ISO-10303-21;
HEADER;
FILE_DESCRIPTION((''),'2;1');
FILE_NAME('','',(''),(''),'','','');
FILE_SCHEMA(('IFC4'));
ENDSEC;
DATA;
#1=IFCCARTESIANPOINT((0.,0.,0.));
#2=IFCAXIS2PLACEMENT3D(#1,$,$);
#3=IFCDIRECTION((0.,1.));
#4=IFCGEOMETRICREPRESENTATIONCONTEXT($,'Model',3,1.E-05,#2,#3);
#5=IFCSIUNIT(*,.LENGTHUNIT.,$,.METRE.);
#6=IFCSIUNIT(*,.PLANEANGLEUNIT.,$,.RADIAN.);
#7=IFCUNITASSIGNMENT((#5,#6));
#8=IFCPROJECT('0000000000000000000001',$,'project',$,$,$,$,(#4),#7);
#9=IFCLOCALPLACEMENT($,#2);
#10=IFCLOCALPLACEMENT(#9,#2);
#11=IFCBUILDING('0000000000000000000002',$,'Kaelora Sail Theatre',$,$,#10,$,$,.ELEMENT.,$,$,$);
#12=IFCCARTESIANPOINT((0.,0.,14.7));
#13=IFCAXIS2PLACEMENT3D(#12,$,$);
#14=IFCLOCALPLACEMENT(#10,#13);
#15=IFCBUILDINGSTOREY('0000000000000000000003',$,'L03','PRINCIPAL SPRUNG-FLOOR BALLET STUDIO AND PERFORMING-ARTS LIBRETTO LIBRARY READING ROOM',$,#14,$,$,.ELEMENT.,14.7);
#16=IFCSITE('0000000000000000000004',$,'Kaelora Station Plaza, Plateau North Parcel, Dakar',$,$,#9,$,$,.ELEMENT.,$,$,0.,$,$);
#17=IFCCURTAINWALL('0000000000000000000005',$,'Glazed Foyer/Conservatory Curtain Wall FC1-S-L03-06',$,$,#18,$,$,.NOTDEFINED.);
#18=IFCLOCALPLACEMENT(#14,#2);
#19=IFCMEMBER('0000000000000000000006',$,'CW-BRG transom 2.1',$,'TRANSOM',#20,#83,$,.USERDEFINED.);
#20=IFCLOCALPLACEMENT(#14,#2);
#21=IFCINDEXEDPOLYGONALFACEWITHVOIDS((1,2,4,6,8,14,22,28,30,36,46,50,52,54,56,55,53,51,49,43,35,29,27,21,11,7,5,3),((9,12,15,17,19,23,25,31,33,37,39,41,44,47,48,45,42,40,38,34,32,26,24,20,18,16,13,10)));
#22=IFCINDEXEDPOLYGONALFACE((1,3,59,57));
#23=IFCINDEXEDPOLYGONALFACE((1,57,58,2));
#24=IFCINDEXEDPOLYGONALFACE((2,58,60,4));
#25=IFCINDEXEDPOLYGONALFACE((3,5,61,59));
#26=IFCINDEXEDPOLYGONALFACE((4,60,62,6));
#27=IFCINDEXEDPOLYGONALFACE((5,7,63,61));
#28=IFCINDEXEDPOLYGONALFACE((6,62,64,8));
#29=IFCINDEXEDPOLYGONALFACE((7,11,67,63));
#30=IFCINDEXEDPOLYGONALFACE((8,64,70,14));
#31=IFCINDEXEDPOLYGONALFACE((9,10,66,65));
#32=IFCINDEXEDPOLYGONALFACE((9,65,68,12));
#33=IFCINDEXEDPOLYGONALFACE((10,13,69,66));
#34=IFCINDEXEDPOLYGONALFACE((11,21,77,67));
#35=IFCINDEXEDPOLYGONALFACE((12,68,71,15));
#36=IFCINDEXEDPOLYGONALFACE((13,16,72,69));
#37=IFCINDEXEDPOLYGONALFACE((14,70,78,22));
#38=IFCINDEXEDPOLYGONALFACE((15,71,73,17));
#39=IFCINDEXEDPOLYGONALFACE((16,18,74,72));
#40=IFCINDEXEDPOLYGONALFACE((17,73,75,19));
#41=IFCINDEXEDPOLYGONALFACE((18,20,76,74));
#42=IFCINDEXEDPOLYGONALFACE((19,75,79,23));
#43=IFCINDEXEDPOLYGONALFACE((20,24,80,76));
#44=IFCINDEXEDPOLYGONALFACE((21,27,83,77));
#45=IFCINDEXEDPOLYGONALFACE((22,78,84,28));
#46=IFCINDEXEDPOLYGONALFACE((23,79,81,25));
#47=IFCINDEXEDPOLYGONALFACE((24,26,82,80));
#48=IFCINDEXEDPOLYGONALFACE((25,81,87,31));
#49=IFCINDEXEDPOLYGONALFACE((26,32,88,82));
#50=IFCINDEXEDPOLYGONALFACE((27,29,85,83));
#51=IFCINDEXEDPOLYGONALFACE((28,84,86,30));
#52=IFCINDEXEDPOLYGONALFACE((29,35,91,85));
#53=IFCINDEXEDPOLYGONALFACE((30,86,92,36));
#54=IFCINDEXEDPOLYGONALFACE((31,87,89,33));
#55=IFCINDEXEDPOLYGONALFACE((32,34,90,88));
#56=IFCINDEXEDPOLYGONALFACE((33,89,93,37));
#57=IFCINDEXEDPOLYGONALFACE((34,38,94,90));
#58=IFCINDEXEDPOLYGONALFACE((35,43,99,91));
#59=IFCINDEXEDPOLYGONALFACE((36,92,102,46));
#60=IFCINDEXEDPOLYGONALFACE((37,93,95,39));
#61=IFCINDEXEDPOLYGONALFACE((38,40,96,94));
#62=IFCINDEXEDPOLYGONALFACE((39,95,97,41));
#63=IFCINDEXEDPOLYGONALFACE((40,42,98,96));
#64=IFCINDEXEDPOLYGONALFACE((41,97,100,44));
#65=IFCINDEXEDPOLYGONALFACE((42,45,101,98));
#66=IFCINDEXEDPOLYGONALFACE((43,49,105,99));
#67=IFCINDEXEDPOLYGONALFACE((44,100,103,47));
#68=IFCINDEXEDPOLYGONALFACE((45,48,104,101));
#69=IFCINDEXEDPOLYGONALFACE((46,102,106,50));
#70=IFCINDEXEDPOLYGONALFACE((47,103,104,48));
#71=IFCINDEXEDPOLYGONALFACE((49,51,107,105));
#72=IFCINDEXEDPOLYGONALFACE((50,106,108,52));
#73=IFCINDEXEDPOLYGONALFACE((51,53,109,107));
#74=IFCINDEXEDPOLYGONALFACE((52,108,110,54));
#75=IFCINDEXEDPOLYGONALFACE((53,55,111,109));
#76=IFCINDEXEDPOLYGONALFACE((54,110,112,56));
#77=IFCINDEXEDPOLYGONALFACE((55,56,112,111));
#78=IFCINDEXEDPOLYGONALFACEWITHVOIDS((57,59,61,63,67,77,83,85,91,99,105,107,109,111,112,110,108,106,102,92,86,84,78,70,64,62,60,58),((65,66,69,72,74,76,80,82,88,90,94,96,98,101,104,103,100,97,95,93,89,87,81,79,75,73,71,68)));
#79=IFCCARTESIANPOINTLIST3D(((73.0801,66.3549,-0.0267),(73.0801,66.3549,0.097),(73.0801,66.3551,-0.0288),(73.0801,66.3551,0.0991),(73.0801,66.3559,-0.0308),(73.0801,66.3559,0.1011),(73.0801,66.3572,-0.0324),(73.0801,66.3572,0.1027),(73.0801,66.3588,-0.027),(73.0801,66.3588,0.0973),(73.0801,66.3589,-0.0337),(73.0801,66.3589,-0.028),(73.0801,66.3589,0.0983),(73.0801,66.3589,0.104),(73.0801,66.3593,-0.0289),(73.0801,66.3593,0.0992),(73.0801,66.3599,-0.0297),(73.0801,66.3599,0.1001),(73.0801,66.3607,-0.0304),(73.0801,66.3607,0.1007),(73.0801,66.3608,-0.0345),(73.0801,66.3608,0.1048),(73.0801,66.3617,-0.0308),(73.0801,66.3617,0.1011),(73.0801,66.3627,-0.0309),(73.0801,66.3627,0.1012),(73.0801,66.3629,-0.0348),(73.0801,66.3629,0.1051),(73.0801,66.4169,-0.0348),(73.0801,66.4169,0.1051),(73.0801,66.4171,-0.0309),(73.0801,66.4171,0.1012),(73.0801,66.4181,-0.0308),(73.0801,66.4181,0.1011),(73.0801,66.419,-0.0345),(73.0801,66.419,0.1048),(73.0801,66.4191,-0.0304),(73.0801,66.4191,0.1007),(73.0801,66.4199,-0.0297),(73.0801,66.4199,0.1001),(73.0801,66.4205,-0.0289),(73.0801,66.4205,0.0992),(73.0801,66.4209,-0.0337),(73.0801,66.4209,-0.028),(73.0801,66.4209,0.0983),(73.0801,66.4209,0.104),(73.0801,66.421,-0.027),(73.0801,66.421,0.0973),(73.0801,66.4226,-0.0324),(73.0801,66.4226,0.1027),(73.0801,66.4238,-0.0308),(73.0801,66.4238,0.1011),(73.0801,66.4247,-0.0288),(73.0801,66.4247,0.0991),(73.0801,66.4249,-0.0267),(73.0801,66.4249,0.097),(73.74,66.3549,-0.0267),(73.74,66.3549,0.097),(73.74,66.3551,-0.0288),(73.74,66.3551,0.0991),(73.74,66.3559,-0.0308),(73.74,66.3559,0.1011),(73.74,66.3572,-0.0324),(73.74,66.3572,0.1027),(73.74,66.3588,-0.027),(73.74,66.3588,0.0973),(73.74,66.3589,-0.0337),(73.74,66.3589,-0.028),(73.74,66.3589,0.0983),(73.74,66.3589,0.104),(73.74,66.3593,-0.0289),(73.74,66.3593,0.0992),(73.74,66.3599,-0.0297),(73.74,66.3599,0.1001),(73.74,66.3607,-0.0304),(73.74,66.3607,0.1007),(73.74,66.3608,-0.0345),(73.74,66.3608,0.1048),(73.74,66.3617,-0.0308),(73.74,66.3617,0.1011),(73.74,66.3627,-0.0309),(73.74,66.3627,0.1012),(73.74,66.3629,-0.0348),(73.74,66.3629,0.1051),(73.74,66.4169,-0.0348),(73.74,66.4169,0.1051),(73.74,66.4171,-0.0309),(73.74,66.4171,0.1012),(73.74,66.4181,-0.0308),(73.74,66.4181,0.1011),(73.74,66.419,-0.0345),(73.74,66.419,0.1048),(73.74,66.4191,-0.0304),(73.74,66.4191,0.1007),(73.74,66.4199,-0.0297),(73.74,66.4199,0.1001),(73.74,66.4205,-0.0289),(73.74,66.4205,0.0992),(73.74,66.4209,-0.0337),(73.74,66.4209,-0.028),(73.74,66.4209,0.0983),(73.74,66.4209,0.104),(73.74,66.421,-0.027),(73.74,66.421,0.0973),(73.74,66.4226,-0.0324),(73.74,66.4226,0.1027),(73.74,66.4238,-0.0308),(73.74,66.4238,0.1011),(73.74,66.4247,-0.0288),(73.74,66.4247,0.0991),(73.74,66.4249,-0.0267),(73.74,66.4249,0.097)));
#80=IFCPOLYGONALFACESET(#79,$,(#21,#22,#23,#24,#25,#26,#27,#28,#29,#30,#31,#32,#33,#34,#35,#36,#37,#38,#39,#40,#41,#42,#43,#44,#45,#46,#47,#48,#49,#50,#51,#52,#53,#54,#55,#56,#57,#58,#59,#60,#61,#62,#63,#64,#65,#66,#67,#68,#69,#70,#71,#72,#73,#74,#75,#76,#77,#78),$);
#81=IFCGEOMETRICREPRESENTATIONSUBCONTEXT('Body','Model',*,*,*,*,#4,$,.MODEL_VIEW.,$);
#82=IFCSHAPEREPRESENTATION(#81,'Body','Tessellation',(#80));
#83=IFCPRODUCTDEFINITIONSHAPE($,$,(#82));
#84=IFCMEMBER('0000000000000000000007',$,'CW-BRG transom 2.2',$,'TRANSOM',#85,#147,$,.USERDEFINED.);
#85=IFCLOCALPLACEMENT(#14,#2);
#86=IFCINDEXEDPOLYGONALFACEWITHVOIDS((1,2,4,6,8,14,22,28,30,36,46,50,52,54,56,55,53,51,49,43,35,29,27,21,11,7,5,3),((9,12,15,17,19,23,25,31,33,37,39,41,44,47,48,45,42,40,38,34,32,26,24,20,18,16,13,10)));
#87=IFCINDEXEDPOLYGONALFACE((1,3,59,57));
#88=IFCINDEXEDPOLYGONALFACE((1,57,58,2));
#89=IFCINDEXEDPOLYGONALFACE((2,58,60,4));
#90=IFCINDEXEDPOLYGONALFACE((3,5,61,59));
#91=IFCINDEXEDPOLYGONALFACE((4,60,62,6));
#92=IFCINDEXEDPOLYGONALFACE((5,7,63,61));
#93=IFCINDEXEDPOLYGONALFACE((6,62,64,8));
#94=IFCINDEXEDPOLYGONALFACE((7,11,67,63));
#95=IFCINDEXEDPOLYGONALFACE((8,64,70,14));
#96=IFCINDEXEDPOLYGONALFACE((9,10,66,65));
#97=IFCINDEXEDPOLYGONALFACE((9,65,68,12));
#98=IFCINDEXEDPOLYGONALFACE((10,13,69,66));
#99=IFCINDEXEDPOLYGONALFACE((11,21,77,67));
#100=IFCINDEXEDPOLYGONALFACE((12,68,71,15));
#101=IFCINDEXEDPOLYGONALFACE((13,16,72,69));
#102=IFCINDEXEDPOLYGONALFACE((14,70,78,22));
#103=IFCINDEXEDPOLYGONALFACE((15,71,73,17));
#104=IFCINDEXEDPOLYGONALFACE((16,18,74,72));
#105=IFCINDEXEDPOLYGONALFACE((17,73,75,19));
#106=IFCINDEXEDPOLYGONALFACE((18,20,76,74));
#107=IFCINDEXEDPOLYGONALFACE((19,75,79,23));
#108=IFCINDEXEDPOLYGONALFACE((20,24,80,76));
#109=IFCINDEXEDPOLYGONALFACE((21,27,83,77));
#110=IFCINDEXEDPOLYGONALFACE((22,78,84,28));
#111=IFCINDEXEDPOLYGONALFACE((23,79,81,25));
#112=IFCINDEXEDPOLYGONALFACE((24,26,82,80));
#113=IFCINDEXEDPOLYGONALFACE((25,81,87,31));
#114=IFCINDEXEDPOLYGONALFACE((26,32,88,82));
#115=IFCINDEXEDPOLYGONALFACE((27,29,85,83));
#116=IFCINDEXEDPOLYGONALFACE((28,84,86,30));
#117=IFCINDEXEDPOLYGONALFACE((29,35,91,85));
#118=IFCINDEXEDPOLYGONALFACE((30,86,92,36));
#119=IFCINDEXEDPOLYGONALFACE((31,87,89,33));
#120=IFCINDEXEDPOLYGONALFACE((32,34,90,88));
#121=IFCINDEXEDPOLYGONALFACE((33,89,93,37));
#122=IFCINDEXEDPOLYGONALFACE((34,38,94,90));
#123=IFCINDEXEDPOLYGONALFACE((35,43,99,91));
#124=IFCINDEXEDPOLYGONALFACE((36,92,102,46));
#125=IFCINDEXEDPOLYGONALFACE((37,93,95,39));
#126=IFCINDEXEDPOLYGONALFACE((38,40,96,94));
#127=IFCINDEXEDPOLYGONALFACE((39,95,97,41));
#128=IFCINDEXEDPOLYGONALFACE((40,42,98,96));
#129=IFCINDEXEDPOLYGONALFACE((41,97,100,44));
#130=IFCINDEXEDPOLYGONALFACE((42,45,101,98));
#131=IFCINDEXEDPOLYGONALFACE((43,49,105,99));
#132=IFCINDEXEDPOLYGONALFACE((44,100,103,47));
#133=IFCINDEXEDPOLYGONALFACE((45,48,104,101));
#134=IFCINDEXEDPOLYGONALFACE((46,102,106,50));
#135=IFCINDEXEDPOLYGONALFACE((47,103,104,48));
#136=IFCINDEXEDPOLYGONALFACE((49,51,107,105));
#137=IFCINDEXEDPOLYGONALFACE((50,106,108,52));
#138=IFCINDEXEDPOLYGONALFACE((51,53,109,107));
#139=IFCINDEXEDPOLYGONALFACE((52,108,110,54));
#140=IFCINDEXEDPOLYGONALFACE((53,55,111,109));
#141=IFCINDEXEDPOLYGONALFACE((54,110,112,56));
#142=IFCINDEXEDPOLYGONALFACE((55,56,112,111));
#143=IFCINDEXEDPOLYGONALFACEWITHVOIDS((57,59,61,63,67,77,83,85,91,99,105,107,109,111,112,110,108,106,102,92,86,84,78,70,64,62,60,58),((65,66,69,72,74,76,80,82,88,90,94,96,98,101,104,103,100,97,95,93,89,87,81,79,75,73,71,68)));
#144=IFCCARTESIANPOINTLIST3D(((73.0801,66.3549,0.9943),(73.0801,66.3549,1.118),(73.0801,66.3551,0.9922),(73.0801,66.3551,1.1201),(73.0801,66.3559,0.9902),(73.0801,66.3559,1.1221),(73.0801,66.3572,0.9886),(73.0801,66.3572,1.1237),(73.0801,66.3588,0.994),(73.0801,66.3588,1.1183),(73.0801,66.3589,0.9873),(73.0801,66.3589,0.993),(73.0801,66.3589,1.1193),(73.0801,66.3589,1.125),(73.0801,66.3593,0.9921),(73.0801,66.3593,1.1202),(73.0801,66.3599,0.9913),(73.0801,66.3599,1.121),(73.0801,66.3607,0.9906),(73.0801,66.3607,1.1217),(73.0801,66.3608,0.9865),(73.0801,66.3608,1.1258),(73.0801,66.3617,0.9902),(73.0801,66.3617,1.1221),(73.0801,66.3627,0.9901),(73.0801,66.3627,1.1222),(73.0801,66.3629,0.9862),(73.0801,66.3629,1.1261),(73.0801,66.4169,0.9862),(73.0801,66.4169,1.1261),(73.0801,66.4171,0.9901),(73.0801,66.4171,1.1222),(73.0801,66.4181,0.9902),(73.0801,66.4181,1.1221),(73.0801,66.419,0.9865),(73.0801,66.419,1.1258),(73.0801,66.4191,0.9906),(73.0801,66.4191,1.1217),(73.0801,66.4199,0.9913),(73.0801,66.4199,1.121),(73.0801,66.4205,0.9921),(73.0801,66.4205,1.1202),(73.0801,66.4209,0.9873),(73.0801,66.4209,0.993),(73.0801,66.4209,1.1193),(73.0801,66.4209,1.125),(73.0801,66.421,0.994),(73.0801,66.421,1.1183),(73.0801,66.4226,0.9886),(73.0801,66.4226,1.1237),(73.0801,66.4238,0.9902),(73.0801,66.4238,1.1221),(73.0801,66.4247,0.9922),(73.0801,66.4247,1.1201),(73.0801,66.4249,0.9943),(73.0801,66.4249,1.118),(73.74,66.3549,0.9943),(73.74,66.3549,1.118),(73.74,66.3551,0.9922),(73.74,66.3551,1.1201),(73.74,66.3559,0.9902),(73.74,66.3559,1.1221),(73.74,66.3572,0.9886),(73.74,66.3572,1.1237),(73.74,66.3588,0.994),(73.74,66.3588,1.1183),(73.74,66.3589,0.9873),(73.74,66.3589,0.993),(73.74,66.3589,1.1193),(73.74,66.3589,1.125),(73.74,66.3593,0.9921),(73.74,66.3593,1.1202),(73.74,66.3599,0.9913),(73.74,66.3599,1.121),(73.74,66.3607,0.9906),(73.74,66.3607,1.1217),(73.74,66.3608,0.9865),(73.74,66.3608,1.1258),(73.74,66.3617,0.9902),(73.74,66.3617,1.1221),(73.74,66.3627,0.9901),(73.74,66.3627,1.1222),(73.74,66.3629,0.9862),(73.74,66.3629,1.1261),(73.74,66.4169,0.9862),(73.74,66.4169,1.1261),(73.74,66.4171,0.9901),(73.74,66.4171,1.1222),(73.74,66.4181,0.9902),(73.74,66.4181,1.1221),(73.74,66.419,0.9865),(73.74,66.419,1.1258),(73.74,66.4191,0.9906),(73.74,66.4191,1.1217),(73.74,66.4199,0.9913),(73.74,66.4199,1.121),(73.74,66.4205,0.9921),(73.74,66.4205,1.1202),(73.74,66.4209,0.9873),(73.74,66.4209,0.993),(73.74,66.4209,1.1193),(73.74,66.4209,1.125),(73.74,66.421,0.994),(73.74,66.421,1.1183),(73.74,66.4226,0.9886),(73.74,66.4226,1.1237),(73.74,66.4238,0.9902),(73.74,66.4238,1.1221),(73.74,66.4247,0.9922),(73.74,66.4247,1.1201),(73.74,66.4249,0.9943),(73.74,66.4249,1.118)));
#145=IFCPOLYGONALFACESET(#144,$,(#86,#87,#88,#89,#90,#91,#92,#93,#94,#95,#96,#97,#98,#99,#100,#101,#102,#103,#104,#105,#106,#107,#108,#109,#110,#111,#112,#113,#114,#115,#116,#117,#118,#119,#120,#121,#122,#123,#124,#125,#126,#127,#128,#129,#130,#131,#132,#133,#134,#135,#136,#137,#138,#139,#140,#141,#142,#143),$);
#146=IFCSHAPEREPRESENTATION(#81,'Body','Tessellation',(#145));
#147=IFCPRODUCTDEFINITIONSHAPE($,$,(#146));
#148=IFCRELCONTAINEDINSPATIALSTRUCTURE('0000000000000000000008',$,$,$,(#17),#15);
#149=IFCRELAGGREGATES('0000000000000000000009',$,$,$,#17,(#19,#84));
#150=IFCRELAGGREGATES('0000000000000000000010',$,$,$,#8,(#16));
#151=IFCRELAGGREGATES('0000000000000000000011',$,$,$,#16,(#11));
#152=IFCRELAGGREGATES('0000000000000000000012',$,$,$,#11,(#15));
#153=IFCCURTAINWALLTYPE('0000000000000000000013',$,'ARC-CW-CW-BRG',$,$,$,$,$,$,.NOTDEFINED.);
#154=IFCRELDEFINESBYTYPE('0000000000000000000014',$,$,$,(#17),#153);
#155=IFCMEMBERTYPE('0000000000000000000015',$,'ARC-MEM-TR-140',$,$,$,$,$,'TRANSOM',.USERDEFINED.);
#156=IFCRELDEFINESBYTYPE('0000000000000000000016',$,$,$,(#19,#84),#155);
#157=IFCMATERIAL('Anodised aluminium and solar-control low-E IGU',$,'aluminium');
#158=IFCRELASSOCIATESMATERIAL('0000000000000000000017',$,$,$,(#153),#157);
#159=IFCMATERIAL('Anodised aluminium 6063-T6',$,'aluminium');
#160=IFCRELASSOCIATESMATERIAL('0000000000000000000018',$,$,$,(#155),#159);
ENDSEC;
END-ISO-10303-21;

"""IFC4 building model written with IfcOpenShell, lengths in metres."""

from ifc_helpers import new_model, si_unit, direction, frame, origin, origin_2d, place, context, subcontext, project, spatial, hollow_rectangle, extrude, material, material_profile, profile_set, type_object, element, aggregate, save


model = new_model("IFC4")

# Units and contexts
model_context = context("Model", 3, precision=1e-05, world=origin(), true_north=direction((0.0, 1.0)))
body_context = subcontext(model_context, "Body", "Model", "MODEL_VIEW")
ifc_project = project(units=[si_unit("LENGTHUNIT", "METRE"), si_unit("PLANEANGLEUNIT", "RADIAN")], contexts=[model_context])

# Site, building, storey
site_placement = place(None, origin())
site = spatial("IfcSite", under=ifc_project, at=site_placement, Name="Kaelora Station Plaza, Plateau North Parcel, Dakar", CompositionType="ELEMENT", RefElevation=0.0)
building_placement = place(site_placement, origin())
building = spatial("IfcBuilding", under=site, at=building_placement, Name="Kaelora Sail Theatre", CompositionType="ELEMENT")
storey_placement = place(building_placement, frame((0.0, 0.0, 14.7)))
storey = spatial("IfcBuildingStorey", under=building, at=storey_placement, Name="L03", Description="PRINCIPAL SPRUNG-FLOOR BALLET STUDIO AND PERFORMING-ARTS LIBRETTO LIBRARY READING ROOM", CompositionType="ELEMENT", Elevation=14.7)

# Curtain wall
ifc_material_1 = material(Name="Anodised aluminium and solar-control low-E IGU", Category="aluminium")
curtain_wall_type = type_object("IfcCurtainWallType", Name="ARC-CW-CW-BRG", PredefinedType="NOTDEFINED", material=ifc_material_1)
curtain_wall_1_placement = place(storey_placement, origin())
curtain_wall_1 = element("IfcCurtainWall", 1, at=curtain_wall_1_placement, inside=storey, type_object=curtain_wall_type, Name="Glazed Foyer/Conservatory Curtain Wall FC1-S-L03-06", PredefinedType="NOTDEFINED")

# Members
ifc_material_2 = material(Name="Anodised aluminium 6063-T6", Category="aluminium")
ifc_material_profile_1 = material_profile(ifc_material_2, hollow_rectangle(XDim=0.0701, YDim=0.1399, WallThickness=0.0039, InnerFilletRadius=0.0039, OuterFilletRadius=0.0081, at=origin_2d()), Name="ALU-TRAN 70x140x4")
ifc_profile_set_1 = profile_set([ifc_material_profile_1], Name="Anodised aluminium 6063-T6")
member_type_1 = type_object("IfcMemberType", Name="ARC-MEM-TR-140", ElementType="TRANSOM", PredefinedType="USERDEFINED", material=ifc_profile_set_1)
member_1_placement = place(storey_placement, frame((73.0801, 66.3899, 0.0352), z_axis=(1.0, 0.0, 0.0), x_axis=(0.0, 1.0, 0.0)))
member_1 = element("IfcMember", 2, at=member_1_placement, type_object=member_type_1, Name="CW-BRG transom 2.1", ObjectType="TRANSOM", PredefinedType="USERDEFINED", context=body_context, shape_type="SweptSolid", body=[
    extrude(hollow_rectangle(XDim=0.0701, YDim=0.1399, WallThickness=0.0039, InnerFilletRadius=0.0039, OuterFilletRadius=0.0081, at=origin_2d()), origin(), (0.0, 0.0, 1.0), 0.6599),
])
member_2_placement = place(storey_placement, frame((73.0801, 66.3899, 1.0562), z_axis=(1.0, 0.0, 0.0), x_axis=(0.0, 1.0, 0.0)))
member_2 = element("IfcMember", 3, at=member_2_placement, type_object=member_type_1, Name="CW-BRG transom 2.2", ObjectType="TRANSOM", PredefinedType="USERDEFINED", context=body_context, shape_type="SweptSolid", body=[
    extrude(hollow_rectangle(XDim=0.0701, YDim=0.1399, WallThickness=0.0039, InnerFilletRadius=0.0039, OuterFilletRadius=0.0081, at=origin_2d()), origin(), (0.0, 0.0, 1.0), 0.6599),
])

aggregate(curtain_wall_1, [member_1, member_2])

save(model, "model.ifc")
